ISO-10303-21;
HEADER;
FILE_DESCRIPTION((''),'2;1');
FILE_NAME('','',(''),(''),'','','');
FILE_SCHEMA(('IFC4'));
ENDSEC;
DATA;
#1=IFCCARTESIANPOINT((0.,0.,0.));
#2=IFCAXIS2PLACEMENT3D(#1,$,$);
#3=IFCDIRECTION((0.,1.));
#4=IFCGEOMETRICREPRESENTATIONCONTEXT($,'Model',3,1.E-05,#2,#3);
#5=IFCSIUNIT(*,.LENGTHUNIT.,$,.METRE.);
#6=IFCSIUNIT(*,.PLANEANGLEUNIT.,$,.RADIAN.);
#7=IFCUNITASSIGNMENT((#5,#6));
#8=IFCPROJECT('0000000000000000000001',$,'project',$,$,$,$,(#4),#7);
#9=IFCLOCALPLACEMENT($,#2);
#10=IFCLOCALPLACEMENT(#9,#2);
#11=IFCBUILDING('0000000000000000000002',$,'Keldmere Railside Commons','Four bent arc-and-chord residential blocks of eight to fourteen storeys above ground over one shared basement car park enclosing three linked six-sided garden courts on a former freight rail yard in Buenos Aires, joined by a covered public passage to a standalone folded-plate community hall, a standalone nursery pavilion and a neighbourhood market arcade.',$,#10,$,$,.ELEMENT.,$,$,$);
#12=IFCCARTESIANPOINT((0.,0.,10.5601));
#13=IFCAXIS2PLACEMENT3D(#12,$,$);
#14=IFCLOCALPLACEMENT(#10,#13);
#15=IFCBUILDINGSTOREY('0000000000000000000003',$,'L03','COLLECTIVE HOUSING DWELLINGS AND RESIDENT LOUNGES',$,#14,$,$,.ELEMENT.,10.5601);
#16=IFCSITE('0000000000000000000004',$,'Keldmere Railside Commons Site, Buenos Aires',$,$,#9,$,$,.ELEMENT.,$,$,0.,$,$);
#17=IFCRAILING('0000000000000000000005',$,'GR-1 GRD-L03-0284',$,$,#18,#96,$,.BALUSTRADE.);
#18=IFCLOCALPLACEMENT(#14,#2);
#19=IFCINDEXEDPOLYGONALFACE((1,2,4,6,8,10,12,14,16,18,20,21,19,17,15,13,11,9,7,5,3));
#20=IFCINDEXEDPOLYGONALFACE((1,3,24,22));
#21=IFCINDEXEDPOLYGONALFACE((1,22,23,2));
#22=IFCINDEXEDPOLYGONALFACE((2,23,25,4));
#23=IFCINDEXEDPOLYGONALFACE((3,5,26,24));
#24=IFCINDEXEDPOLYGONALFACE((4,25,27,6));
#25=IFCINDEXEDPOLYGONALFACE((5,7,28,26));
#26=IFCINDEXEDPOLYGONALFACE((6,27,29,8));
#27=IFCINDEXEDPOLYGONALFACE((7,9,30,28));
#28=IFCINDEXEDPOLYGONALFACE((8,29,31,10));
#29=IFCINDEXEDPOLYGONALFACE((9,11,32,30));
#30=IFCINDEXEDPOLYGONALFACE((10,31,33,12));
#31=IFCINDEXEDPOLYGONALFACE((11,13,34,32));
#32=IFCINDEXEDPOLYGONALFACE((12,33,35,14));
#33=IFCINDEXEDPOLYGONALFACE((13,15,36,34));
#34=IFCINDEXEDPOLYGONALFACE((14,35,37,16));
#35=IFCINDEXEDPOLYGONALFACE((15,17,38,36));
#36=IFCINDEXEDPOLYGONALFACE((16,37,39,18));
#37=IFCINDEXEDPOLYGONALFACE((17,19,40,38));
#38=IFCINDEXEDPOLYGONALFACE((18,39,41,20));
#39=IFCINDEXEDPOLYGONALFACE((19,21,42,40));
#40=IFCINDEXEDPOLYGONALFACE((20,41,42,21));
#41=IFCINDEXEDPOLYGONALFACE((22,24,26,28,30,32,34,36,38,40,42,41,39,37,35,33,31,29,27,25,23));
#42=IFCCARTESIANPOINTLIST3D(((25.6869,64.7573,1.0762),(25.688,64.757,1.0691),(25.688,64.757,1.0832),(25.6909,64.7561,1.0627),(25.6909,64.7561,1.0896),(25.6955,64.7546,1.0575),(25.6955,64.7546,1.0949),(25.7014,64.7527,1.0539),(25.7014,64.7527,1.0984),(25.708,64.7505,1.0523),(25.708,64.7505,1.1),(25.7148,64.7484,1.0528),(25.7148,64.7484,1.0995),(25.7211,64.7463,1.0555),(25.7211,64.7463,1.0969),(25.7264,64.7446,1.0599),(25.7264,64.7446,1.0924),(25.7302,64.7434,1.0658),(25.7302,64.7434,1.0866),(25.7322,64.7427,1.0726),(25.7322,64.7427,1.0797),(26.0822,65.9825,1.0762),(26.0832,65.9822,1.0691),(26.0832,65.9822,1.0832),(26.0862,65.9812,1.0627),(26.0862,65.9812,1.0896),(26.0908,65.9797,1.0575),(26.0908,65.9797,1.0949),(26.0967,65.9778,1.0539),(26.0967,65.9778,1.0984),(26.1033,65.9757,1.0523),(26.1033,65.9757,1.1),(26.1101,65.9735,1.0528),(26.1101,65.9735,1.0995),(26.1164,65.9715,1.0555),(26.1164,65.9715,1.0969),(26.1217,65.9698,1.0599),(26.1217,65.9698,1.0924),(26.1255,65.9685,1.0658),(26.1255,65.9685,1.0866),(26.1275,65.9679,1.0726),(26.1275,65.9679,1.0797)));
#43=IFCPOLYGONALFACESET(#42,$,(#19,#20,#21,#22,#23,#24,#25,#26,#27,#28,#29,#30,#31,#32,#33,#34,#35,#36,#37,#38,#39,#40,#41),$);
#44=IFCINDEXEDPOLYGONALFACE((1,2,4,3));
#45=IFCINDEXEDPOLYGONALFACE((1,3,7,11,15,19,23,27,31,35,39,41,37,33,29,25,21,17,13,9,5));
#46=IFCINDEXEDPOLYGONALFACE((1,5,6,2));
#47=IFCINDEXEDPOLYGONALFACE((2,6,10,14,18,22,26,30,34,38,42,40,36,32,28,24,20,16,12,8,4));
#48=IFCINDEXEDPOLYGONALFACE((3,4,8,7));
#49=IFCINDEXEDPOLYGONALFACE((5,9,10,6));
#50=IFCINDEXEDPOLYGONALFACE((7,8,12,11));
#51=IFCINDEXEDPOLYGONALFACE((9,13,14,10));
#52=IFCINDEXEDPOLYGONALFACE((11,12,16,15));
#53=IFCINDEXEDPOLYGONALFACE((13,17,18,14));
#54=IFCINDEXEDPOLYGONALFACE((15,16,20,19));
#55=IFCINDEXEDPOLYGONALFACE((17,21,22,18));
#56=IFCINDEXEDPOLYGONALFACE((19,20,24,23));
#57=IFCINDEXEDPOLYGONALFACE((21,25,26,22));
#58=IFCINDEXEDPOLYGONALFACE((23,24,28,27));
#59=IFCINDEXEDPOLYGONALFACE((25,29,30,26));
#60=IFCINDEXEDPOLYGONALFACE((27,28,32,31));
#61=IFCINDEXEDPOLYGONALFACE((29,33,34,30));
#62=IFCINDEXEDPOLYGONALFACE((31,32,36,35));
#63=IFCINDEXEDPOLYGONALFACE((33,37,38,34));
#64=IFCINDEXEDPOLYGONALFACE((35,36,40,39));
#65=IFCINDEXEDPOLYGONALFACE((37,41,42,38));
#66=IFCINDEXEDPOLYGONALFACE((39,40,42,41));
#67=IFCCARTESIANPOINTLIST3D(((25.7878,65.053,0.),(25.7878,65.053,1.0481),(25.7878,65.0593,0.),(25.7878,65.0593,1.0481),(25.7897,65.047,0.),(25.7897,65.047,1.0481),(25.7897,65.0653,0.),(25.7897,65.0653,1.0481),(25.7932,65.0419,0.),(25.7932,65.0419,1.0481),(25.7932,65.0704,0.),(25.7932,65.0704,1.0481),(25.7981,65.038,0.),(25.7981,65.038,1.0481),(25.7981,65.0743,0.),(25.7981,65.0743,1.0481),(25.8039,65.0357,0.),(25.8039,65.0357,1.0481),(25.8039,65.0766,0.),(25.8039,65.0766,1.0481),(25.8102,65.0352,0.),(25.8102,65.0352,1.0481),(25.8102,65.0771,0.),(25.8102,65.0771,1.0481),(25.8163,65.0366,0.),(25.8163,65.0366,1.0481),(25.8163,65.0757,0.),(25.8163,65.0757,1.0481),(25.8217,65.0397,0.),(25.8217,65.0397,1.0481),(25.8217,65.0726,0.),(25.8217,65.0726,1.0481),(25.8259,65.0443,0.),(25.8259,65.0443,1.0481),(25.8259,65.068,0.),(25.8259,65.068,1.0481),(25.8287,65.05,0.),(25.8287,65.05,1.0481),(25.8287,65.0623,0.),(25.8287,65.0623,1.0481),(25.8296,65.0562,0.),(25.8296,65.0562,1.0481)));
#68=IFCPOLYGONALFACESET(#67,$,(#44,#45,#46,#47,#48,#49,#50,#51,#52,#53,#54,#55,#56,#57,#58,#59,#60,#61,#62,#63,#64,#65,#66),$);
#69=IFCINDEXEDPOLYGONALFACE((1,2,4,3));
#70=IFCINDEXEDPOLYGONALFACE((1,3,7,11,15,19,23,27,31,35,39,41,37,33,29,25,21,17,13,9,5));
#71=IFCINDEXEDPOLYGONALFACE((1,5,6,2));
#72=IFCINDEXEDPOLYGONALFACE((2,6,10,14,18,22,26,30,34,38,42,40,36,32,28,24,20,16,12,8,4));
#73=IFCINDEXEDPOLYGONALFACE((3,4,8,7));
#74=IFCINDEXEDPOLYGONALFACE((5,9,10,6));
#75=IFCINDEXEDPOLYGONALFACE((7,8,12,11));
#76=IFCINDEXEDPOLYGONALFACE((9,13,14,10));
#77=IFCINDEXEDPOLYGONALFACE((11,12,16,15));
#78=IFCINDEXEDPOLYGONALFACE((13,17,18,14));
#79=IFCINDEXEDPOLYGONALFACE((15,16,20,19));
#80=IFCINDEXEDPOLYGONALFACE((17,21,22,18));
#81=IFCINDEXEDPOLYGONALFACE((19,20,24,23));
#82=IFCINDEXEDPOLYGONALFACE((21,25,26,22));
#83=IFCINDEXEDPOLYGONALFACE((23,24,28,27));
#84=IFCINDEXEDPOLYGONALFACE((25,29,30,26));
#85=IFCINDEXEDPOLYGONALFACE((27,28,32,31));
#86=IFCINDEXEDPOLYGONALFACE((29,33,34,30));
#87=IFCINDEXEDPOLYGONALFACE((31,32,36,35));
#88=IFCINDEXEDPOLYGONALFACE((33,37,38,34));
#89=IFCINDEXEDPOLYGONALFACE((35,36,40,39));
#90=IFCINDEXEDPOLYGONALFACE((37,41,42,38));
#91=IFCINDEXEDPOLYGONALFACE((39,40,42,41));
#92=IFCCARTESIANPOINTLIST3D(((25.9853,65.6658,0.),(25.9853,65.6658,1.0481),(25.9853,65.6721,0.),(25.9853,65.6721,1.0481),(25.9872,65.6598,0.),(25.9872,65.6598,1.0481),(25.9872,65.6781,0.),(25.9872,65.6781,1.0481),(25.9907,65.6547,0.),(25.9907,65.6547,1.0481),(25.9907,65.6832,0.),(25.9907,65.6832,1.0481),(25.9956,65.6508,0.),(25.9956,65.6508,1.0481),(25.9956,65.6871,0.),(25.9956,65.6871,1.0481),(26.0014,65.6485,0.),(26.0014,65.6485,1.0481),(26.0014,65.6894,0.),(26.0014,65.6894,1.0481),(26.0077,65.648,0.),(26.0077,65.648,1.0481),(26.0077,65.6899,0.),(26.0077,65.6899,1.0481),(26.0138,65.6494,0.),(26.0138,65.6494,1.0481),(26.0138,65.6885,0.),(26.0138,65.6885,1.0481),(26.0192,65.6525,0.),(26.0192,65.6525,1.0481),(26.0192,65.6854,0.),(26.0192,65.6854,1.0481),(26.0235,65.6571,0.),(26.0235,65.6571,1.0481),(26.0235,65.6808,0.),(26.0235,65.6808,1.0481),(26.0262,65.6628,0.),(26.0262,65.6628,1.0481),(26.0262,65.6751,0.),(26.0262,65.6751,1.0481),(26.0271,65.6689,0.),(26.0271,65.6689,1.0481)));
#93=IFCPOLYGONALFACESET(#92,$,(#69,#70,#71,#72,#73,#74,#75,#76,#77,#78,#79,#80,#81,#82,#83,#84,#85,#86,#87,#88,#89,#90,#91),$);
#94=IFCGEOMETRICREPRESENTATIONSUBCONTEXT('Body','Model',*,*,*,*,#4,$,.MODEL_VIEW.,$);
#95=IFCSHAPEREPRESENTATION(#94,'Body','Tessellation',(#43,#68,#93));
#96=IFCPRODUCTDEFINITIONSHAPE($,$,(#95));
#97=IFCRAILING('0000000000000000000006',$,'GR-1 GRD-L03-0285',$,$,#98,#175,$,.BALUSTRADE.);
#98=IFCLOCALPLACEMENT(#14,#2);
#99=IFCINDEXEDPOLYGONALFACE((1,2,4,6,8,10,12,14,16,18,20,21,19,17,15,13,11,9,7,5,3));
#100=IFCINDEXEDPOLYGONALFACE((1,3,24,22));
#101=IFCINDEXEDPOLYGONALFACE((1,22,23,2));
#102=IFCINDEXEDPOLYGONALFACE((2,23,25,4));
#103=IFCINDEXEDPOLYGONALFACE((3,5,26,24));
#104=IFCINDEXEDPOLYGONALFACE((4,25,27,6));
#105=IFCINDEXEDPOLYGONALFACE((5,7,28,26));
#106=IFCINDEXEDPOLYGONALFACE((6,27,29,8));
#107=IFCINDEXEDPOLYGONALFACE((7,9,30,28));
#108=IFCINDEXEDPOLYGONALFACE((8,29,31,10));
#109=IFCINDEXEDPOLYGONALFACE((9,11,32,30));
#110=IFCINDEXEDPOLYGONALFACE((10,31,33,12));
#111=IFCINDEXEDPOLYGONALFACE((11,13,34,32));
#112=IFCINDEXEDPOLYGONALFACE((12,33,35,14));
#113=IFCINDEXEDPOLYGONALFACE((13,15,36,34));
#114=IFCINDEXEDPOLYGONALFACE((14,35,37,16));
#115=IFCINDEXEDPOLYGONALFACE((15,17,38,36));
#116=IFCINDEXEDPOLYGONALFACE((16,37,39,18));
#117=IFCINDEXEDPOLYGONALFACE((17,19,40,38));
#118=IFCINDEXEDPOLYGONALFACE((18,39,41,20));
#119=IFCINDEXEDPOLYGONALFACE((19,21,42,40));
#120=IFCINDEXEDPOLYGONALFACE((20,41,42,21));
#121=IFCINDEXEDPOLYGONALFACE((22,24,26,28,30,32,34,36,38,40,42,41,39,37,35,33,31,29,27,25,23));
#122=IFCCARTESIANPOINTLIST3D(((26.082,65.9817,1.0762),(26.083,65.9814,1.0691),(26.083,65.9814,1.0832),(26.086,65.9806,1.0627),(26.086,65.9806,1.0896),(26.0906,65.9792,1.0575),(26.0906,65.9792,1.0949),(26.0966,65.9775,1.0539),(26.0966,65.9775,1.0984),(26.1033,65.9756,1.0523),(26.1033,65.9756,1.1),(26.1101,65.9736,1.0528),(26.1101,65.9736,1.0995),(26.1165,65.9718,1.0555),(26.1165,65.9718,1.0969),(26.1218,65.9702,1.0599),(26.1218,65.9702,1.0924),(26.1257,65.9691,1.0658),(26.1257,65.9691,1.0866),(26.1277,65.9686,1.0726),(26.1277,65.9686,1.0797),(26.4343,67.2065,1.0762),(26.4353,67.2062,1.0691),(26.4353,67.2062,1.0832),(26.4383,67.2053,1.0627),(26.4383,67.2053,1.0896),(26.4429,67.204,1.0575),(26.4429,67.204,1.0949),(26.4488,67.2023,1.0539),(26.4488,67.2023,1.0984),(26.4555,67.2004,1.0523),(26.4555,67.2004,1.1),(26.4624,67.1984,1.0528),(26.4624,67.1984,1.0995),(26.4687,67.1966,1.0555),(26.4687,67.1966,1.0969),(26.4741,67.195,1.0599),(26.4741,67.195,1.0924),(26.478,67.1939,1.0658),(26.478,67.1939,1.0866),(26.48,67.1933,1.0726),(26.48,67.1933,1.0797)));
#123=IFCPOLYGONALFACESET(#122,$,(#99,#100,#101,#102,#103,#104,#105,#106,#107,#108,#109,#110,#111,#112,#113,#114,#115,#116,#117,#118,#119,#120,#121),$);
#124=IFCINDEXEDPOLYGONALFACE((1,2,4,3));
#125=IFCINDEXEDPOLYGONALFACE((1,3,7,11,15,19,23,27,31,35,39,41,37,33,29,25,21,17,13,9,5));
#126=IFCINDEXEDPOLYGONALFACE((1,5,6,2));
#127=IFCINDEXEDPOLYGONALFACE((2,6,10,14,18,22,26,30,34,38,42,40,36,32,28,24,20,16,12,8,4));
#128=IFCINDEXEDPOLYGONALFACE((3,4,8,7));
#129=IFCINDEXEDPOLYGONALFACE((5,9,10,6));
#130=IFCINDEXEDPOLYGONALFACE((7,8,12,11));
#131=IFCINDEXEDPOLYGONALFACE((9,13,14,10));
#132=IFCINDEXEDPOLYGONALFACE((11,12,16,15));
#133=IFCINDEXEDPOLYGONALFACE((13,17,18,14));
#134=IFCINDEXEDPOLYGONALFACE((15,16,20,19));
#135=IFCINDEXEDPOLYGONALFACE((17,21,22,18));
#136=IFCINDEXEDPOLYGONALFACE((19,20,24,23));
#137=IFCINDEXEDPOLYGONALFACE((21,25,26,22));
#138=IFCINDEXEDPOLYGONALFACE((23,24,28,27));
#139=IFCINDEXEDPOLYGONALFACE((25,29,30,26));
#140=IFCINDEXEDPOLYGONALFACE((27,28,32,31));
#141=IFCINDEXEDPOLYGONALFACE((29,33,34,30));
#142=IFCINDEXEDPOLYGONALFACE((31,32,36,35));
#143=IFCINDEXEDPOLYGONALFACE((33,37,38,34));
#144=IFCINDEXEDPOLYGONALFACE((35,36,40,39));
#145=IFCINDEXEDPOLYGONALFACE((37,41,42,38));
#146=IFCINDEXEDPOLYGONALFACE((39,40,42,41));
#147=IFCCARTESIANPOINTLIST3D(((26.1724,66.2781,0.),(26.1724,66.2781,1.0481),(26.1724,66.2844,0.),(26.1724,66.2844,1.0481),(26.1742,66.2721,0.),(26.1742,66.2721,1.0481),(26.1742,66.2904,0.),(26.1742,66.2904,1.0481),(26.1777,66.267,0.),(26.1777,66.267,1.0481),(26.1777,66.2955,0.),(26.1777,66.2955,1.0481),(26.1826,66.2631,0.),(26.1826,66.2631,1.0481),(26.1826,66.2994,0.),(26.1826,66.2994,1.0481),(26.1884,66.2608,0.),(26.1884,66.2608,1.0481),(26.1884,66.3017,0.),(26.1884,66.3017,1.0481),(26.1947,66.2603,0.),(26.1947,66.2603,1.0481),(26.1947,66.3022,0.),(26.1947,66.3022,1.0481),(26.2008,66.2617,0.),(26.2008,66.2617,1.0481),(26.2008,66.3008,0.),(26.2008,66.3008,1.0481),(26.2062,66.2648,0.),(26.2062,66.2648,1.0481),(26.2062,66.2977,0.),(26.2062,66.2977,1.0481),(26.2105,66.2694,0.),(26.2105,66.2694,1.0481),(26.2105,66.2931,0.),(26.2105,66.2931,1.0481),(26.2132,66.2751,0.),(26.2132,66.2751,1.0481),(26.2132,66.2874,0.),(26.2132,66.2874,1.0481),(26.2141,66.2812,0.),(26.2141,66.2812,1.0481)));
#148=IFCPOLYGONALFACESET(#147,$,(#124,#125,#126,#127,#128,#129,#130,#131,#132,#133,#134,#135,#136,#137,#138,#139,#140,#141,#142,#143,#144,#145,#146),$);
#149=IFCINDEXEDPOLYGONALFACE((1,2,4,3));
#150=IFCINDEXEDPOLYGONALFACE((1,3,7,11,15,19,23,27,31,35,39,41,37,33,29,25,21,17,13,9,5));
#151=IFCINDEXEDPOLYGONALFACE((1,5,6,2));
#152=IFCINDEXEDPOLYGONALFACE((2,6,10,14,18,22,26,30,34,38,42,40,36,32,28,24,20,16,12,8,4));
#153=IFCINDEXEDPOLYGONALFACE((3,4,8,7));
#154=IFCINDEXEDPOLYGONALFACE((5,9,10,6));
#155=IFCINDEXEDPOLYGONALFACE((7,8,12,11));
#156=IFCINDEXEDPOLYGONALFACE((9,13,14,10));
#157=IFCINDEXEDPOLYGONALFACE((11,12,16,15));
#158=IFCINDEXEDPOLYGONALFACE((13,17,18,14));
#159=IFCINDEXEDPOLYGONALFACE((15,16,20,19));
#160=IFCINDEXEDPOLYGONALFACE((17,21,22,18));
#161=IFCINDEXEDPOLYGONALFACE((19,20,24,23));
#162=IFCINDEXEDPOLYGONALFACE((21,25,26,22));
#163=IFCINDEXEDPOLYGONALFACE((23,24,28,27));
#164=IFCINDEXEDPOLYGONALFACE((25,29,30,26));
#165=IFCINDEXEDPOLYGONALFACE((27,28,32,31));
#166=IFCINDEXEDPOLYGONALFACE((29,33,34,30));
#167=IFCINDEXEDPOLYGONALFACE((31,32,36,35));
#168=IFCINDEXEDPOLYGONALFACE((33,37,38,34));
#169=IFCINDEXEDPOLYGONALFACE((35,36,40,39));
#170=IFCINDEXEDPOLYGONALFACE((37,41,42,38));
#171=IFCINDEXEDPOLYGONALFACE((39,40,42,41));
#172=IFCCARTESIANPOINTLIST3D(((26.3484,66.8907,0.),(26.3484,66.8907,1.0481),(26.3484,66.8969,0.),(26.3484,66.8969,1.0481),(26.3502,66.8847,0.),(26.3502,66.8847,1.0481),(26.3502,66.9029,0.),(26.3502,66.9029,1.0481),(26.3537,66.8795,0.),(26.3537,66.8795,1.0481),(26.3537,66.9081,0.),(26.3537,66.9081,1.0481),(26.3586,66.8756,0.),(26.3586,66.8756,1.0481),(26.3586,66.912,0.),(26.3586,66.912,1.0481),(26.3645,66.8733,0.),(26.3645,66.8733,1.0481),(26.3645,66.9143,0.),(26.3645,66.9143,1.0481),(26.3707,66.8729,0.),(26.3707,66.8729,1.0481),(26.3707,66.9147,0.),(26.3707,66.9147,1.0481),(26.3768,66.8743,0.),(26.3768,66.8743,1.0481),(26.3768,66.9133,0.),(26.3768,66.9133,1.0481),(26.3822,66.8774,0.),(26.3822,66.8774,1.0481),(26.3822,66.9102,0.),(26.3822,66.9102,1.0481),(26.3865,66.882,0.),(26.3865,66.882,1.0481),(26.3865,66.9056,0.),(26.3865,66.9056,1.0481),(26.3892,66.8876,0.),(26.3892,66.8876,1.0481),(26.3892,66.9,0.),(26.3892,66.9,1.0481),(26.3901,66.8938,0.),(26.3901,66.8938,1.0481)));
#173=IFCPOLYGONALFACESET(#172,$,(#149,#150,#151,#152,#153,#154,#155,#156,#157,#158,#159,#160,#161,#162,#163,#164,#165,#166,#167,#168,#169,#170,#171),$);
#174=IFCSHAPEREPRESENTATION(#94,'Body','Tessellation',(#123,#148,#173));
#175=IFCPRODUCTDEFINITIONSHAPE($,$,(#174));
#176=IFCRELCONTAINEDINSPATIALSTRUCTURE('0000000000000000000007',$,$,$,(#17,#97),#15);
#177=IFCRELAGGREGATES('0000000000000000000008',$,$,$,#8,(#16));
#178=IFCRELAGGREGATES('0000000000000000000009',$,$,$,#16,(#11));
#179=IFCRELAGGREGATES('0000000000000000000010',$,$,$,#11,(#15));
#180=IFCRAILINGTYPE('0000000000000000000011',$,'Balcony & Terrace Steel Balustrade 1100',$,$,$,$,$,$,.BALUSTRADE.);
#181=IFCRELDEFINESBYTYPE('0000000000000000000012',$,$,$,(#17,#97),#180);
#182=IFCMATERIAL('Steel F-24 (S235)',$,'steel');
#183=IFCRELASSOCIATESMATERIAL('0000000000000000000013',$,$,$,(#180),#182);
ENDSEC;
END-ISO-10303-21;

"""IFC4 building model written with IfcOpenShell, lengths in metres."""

from ifc_helpers import new_model, si_unit, direction, frame, origin, origin_2d, place, context, subcontext, project, spatial, circle, extrude, material, type_object, element, save


model = new_model("IFC4")

# Units and contexts
model_context = context("Model", 3, precision=1e-05, world=origin(), true_north=direction((0.0, 1.0)))
body_context = subcontext(model_context, "Body", "Model", "MODEL_VIEW")
ifc_project = project(units=[si_unit("LENGTHUNIT", "METRE"), si_unit("PLANEANGLEUNIT", "RADIAN")], contexts=[model_context])

# Site, building, storey
site_placement = place(None, origin())
site = spatial("IfcSite", under=ifc_project, at=site_placement, Name="Keldmere Railside Commons Site, Buenos Aires", CompositionType="ELEMENT", RefElevation=0.0)
building_placement = place(site_placement, origin())
building = spatial("IfcBuilding", under=site, at=building_placement, Name="Keldmere Railside Commons", Description="Four bent arc-and-chord residential blocks of eight to fourteen storeys above ground over one shared basement car park enclosing three linked six-sided garden courts on a former freight rail yard in Buenos Aires, joined by a covered public passage to a standalone folded-plate community hall, a standalone nursery pavilion and a neighbourhood market arcade.", CompositionType="ELEMENT")
storey_placement = place(building_placement, frame((0.0, 0.0, 10.5601)))
storey = spatial("IfcBuildingStorey", under=building, at=storey_placement, Name="L03", Description="COLLECTIVE HOUSING DWELLINGS AND RESIDENT LOUNGES", CompositionType="ELEMENT", Elevation=10.5601)

# Railings
ifc_material_1 = material(Name="Steel F-24 (S235)", Category="steel")
railing_type_1 = type_object("IfcRailingType", Name="Balcony & Terrace Steel Balustrade 1100", PredefinedType="BALUSTRADE", material=ifc_material_1)
railing_1_placement = place(storey_placement, frame((25.7097, 64.75, 0.0)))
element("IfcRailing", 1, at=railing_1_placement, inside=storey, type_object=railing_type_1, Name="GR-1 GRD-L03-0284", PredefinedType="BALUSTRADE", context=body_context, shape_type="SweptSolid", body=[
    extrude(circle(Radius=0.0239, at=origin_2d()), frame((0.0, 0.0, 1.0762), z_axis=(0.307053, 0.951693, 0.0), x_axis=(-0.951693, 0.307053, 0.0)), (0.0, 0.0, 1.0), 1.2874),
    extrude(circle(Radius=0.021, at=origin_2d()), frame((0.0989, 0.3062, 0.0)), (0.0, 0.0, 1.0), 1.0481),
    extrude(circle(Radius=0.021, at=origin_2d()), frame((0.2964, 0.9189, 0.0)), (0.0, 0.0, 1.0), 1.0481),
])
railing_2_placement = place(storey_placement, frame((26.105, 65.9751, 0.0)))
element("IfcRailing", 2, at=railing_2_placement, inside=storey, type_object=railing_type_1, Name="GR-1 GRD-L03-0285", PredefinedType="BALUSTRADE", context=body_context, shape_type="SweptSolid", body=[
    extrude(circle(Radius=0.0239, at=origin_2d()), frame((0.0, 0.0, 1.0762), z_axis=(0.276416, 0.961038, 0.0), x_axis=(-0.961038, 0.276416, 0.0)), (0.0, 0.0, 1.0), 1.2744),
    extrude(circle(Radius=0.021, at=origin_2d()), frame((0.0881, 0.3062, 0.0)), (0.0, 0.0, 1.0), 1.0481),
    extrude(circle(Radius=0.021, at=origin_2d()), frame((0.2642, 0.9187, 0.0)), (0.0, 0.0, 1.0), 1.0481),
])

save(model, "model.ifc")
